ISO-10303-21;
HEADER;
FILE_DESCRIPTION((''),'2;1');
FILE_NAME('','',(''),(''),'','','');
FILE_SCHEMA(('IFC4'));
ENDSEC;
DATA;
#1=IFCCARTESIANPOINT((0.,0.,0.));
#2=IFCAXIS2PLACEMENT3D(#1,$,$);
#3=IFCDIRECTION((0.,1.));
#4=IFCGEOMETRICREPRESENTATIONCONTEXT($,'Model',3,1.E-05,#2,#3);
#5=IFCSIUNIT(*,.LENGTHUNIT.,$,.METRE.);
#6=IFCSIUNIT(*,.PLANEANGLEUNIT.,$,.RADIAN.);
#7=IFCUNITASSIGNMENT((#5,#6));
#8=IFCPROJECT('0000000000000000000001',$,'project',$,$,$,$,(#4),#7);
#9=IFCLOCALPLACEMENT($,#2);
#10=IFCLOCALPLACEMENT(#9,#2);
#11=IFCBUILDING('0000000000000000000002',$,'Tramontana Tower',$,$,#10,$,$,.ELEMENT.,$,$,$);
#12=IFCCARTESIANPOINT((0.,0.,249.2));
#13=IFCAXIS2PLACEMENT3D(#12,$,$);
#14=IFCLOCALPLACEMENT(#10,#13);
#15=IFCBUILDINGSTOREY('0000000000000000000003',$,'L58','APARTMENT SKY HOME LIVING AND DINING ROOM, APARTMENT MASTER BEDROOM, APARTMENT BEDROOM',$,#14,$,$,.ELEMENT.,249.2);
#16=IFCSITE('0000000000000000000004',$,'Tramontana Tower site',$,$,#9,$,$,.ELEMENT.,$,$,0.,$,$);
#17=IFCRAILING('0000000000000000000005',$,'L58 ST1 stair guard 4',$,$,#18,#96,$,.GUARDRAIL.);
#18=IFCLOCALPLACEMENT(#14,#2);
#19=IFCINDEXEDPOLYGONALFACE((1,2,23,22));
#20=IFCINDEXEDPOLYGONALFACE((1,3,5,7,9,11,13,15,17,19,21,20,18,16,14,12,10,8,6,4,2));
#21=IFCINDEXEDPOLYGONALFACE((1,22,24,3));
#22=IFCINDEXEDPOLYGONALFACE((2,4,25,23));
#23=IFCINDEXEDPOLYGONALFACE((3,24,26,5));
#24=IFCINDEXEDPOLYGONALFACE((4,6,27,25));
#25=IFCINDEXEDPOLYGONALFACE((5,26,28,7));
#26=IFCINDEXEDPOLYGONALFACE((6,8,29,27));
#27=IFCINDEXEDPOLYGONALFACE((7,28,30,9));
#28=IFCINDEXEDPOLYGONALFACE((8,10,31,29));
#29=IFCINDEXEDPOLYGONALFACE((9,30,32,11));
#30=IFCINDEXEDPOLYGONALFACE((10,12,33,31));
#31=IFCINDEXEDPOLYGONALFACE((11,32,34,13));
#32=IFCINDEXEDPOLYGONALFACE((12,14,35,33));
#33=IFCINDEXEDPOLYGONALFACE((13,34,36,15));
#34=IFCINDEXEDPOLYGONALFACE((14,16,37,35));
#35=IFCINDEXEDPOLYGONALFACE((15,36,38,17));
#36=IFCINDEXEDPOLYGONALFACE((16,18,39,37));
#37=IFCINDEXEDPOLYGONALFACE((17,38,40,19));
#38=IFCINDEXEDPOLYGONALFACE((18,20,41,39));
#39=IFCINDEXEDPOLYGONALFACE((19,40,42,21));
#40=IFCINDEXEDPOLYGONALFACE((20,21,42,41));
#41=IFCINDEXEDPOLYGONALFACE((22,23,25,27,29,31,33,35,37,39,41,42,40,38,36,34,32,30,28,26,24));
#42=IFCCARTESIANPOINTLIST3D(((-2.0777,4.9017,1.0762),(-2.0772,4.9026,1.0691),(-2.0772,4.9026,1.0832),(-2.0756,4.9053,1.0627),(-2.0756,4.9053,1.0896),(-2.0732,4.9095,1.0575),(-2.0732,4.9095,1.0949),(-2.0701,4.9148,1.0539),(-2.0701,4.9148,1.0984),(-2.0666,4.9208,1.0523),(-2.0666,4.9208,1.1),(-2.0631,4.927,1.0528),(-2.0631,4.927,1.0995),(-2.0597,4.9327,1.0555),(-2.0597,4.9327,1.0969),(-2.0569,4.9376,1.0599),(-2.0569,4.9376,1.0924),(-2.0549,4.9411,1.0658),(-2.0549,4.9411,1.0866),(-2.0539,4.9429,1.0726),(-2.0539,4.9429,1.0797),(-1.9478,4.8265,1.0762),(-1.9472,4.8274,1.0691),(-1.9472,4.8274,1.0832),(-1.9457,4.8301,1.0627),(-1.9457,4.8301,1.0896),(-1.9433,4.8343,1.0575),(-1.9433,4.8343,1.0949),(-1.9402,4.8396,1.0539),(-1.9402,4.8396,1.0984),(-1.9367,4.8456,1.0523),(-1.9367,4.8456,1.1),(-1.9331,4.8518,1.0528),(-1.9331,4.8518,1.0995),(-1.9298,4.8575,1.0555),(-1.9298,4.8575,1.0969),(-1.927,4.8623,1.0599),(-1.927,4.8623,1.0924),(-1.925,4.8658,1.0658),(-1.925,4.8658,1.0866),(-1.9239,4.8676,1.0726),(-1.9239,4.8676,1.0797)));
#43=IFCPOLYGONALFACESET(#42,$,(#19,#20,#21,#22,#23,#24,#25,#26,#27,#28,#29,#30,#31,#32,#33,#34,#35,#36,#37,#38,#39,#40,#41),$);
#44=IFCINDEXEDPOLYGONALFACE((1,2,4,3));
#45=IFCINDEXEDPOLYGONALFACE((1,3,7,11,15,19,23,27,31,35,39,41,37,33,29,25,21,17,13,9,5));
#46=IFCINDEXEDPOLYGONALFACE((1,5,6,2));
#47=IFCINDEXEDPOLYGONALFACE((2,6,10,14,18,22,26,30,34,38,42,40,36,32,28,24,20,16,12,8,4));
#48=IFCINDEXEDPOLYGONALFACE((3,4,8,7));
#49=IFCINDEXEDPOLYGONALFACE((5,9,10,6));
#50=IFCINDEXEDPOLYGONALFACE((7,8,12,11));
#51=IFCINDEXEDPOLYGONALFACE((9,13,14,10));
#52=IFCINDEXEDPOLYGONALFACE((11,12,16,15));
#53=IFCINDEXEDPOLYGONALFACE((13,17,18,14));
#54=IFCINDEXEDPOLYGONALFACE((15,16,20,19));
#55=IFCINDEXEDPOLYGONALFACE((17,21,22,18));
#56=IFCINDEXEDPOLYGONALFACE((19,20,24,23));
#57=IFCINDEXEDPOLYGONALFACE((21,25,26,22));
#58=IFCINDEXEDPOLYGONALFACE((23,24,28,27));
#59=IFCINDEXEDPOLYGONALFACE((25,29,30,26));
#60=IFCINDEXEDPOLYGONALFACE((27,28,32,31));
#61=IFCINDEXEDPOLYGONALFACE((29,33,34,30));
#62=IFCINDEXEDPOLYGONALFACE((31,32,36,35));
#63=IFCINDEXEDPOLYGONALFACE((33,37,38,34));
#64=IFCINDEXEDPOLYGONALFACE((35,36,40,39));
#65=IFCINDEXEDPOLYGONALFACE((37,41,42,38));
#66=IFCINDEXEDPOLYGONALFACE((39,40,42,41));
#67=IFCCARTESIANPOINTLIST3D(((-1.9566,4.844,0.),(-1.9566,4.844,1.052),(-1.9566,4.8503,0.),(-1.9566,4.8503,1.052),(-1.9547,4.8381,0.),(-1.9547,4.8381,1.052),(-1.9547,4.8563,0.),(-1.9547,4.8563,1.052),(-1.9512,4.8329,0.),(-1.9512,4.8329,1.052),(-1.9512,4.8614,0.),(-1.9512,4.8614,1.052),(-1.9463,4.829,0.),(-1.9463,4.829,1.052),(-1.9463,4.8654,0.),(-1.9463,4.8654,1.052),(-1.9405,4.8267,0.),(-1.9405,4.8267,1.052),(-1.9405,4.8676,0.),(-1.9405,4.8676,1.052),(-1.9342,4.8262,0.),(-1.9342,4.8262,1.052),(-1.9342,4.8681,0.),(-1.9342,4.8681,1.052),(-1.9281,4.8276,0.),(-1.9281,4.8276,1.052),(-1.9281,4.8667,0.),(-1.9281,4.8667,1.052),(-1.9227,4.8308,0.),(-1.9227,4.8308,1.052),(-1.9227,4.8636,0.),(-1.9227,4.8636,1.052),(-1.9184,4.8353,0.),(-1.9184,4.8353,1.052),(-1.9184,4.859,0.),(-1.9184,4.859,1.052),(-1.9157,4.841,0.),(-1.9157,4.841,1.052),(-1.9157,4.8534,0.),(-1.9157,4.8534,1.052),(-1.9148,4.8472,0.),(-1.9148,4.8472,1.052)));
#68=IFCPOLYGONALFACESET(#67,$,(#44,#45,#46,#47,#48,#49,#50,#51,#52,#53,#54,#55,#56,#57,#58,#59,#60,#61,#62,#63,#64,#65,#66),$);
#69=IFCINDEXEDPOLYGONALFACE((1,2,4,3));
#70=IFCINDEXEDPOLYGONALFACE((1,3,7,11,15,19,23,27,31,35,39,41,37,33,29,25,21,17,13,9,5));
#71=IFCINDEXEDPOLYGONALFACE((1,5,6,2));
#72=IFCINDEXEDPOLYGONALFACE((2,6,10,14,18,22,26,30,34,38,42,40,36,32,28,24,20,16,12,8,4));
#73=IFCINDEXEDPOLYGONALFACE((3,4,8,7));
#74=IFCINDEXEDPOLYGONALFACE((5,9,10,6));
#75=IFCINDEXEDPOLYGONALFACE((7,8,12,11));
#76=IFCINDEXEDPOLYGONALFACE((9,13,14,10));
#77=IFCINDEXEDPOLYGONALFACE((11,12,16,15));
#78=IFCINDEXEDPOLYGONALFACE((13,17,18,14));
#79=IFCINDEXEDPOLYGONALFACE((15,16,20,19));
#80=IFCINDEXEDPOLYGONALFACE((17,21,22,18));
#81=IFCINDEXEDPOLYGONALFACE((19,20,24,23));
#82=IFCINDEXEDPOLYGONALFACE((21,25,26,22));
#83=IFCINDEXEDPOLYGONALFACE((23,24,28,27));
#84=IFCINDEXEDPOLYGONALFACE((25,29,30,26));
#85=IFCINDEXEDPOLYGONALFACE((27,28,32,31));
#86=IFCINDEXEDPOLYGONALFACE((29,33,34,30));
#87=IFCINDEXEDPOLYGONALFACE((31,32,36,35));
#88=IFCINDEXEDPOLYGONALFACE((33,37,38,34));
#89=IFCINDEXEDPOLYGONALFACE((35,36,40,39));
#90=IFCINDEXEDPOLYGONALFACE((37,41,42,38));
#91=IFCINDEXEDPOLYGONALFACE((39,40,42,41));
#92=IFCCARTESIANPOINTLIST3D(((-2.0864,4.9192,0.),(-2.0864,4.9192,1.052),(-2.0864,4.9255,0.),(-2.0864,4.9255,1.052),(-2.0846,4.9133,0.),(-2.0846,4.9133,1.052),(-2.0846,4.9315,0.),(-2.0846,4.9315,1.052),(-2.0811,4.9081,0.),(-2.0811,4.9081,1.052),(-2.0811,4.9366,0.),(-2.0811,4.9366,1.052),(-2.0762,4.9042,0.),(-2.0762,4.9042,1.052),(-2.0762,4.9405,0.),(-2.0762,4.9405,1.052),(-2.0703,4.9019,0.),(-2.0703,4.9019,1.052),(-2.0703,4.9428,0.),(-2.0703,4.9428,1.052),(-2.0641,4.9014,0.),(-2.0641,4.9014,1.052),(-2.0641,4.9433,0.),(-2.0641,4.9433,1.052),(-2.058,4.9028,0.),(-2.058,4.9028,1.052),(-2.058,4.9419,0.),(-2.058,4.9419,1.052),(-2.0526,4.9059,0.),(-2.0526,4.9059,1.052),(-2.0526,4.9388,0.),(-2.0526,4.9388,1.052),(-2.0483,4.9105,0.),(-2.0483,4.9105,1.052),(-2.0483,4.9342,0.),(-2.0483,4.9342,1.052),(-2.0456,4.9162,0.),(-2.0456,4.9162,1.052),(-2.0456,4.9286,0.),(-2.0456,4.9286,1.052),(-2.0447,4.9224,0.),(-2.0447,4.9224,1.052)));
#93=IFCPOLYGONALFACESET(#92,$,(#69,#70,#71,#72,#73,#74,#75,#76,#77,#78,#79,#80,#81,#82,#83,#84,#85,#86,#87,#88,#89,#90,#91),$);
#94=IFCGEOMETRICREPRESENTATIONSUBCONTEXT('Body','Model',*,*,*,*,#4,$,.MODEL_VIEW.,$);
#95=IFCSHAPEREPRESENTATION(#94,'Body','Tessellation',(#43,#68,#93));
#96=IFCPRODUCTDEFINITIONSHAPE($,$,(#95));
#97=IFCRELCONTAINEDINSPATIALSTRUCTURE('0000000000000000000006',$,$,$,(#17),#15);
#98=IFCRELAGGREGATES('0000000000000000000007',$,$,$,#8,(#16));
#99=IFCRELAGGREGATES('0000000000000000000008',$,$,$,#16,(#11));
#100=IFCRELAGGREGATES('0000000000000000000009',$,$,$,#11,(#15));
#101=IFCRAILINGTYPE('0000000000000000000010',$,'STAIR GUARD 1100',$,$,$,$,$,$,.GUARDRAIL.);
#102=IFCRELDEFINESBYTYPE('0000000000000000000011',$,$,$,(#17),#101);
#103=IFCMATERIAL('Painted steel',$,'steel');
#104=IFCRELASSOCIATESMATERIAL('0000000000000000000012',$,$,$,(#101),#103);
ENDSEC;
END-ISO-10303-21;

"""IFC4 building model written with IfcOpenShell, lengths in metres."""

from ifc_helpers import new_model, si_unit, direction, frame, origin, origin_2d, place, context, subcontext, project, spatial, circle, extrude, material, type_object, element, save


model = new_model("IFC4")

# Units and contexts
model_context = context("Model", 3, precision=1e-05, world=origin(), true_north=direction((0.0, 1.0)))
body_context = subcontext(model_context, "Body", "Model", "MODEL_VIEW")
ifc_project = project(units=[si_unit("LENGTHUNIT", "METRE"), si_unit("PLANEANGLEUNIT", "RADIAN")], contexts=[model_context])

# Site, building, storey
site_placement = place(None, origin())
site = spatial("IfcSite", under=ifc_project, at=site_placement, Name="Tramontana Tower site", CompositionType="ELEMENT", RefElevation=0.0)
building_placement = place(site_placement, origin())
building = spatial("IfcBuilding", under=site, at=building_placement, Name="Tramontana Tower", CompositionType="ELEMENT")
storey_placement = place(building_placement, frame((0.0, 0.0, 249.2)))
storey = spatial("IfcBuildingStorey", under=building, at=storey_placement, Name="L58", Description="APARTMENT SKY HOME LIVING AND DINING ROOM, APARTMENT MASTER BEDROOM, APARTMENT BEDROOM", CompositionType="ELEMENT", Elevation=249.2)

# Railing
ifc_material_1 = material(Name="Painted steel", Category="steel")
railing_type_1 = type_object("IfcRailingType", Name="STAIR GUARD 1100", PredefinedType="GUARDRAIL", material=ifc_material_1)
railing_1_placement = place(storey_placement, frame((-1.9358, 4.8472, 0.0)))
element("IfcRailing", 1, at=railing_1_placement, inside=storey, type_object=railing_type_1, Name="L58 ST1 stair guard 4", PredefinedType="GUARDRAIL", context=body_context, shape_type="SweptSolid", body=[
    extrude(circle(Radius=0.0239, at=origin_2d()), frame((0.0, 0.0, 1.0762), z_axis=(-0.865426, 0.501036, 0.0), x_axis=(-0.501036, -0.865426, 0.0)), (0.0, 0.0, 1.0), 0.1501),
    extrude(circle(Radius=0.021, at=origin_2d()), origin(), (0.0, 0.0, 1.0), 1.052),
    extrude(circle(Radius=0.021, at=origin_2d()), frame((-0.1299, 0.0752, 0.0)), (0.0, 0.0, 1.0), 1.052),
])

save(model, "model.ifc")
